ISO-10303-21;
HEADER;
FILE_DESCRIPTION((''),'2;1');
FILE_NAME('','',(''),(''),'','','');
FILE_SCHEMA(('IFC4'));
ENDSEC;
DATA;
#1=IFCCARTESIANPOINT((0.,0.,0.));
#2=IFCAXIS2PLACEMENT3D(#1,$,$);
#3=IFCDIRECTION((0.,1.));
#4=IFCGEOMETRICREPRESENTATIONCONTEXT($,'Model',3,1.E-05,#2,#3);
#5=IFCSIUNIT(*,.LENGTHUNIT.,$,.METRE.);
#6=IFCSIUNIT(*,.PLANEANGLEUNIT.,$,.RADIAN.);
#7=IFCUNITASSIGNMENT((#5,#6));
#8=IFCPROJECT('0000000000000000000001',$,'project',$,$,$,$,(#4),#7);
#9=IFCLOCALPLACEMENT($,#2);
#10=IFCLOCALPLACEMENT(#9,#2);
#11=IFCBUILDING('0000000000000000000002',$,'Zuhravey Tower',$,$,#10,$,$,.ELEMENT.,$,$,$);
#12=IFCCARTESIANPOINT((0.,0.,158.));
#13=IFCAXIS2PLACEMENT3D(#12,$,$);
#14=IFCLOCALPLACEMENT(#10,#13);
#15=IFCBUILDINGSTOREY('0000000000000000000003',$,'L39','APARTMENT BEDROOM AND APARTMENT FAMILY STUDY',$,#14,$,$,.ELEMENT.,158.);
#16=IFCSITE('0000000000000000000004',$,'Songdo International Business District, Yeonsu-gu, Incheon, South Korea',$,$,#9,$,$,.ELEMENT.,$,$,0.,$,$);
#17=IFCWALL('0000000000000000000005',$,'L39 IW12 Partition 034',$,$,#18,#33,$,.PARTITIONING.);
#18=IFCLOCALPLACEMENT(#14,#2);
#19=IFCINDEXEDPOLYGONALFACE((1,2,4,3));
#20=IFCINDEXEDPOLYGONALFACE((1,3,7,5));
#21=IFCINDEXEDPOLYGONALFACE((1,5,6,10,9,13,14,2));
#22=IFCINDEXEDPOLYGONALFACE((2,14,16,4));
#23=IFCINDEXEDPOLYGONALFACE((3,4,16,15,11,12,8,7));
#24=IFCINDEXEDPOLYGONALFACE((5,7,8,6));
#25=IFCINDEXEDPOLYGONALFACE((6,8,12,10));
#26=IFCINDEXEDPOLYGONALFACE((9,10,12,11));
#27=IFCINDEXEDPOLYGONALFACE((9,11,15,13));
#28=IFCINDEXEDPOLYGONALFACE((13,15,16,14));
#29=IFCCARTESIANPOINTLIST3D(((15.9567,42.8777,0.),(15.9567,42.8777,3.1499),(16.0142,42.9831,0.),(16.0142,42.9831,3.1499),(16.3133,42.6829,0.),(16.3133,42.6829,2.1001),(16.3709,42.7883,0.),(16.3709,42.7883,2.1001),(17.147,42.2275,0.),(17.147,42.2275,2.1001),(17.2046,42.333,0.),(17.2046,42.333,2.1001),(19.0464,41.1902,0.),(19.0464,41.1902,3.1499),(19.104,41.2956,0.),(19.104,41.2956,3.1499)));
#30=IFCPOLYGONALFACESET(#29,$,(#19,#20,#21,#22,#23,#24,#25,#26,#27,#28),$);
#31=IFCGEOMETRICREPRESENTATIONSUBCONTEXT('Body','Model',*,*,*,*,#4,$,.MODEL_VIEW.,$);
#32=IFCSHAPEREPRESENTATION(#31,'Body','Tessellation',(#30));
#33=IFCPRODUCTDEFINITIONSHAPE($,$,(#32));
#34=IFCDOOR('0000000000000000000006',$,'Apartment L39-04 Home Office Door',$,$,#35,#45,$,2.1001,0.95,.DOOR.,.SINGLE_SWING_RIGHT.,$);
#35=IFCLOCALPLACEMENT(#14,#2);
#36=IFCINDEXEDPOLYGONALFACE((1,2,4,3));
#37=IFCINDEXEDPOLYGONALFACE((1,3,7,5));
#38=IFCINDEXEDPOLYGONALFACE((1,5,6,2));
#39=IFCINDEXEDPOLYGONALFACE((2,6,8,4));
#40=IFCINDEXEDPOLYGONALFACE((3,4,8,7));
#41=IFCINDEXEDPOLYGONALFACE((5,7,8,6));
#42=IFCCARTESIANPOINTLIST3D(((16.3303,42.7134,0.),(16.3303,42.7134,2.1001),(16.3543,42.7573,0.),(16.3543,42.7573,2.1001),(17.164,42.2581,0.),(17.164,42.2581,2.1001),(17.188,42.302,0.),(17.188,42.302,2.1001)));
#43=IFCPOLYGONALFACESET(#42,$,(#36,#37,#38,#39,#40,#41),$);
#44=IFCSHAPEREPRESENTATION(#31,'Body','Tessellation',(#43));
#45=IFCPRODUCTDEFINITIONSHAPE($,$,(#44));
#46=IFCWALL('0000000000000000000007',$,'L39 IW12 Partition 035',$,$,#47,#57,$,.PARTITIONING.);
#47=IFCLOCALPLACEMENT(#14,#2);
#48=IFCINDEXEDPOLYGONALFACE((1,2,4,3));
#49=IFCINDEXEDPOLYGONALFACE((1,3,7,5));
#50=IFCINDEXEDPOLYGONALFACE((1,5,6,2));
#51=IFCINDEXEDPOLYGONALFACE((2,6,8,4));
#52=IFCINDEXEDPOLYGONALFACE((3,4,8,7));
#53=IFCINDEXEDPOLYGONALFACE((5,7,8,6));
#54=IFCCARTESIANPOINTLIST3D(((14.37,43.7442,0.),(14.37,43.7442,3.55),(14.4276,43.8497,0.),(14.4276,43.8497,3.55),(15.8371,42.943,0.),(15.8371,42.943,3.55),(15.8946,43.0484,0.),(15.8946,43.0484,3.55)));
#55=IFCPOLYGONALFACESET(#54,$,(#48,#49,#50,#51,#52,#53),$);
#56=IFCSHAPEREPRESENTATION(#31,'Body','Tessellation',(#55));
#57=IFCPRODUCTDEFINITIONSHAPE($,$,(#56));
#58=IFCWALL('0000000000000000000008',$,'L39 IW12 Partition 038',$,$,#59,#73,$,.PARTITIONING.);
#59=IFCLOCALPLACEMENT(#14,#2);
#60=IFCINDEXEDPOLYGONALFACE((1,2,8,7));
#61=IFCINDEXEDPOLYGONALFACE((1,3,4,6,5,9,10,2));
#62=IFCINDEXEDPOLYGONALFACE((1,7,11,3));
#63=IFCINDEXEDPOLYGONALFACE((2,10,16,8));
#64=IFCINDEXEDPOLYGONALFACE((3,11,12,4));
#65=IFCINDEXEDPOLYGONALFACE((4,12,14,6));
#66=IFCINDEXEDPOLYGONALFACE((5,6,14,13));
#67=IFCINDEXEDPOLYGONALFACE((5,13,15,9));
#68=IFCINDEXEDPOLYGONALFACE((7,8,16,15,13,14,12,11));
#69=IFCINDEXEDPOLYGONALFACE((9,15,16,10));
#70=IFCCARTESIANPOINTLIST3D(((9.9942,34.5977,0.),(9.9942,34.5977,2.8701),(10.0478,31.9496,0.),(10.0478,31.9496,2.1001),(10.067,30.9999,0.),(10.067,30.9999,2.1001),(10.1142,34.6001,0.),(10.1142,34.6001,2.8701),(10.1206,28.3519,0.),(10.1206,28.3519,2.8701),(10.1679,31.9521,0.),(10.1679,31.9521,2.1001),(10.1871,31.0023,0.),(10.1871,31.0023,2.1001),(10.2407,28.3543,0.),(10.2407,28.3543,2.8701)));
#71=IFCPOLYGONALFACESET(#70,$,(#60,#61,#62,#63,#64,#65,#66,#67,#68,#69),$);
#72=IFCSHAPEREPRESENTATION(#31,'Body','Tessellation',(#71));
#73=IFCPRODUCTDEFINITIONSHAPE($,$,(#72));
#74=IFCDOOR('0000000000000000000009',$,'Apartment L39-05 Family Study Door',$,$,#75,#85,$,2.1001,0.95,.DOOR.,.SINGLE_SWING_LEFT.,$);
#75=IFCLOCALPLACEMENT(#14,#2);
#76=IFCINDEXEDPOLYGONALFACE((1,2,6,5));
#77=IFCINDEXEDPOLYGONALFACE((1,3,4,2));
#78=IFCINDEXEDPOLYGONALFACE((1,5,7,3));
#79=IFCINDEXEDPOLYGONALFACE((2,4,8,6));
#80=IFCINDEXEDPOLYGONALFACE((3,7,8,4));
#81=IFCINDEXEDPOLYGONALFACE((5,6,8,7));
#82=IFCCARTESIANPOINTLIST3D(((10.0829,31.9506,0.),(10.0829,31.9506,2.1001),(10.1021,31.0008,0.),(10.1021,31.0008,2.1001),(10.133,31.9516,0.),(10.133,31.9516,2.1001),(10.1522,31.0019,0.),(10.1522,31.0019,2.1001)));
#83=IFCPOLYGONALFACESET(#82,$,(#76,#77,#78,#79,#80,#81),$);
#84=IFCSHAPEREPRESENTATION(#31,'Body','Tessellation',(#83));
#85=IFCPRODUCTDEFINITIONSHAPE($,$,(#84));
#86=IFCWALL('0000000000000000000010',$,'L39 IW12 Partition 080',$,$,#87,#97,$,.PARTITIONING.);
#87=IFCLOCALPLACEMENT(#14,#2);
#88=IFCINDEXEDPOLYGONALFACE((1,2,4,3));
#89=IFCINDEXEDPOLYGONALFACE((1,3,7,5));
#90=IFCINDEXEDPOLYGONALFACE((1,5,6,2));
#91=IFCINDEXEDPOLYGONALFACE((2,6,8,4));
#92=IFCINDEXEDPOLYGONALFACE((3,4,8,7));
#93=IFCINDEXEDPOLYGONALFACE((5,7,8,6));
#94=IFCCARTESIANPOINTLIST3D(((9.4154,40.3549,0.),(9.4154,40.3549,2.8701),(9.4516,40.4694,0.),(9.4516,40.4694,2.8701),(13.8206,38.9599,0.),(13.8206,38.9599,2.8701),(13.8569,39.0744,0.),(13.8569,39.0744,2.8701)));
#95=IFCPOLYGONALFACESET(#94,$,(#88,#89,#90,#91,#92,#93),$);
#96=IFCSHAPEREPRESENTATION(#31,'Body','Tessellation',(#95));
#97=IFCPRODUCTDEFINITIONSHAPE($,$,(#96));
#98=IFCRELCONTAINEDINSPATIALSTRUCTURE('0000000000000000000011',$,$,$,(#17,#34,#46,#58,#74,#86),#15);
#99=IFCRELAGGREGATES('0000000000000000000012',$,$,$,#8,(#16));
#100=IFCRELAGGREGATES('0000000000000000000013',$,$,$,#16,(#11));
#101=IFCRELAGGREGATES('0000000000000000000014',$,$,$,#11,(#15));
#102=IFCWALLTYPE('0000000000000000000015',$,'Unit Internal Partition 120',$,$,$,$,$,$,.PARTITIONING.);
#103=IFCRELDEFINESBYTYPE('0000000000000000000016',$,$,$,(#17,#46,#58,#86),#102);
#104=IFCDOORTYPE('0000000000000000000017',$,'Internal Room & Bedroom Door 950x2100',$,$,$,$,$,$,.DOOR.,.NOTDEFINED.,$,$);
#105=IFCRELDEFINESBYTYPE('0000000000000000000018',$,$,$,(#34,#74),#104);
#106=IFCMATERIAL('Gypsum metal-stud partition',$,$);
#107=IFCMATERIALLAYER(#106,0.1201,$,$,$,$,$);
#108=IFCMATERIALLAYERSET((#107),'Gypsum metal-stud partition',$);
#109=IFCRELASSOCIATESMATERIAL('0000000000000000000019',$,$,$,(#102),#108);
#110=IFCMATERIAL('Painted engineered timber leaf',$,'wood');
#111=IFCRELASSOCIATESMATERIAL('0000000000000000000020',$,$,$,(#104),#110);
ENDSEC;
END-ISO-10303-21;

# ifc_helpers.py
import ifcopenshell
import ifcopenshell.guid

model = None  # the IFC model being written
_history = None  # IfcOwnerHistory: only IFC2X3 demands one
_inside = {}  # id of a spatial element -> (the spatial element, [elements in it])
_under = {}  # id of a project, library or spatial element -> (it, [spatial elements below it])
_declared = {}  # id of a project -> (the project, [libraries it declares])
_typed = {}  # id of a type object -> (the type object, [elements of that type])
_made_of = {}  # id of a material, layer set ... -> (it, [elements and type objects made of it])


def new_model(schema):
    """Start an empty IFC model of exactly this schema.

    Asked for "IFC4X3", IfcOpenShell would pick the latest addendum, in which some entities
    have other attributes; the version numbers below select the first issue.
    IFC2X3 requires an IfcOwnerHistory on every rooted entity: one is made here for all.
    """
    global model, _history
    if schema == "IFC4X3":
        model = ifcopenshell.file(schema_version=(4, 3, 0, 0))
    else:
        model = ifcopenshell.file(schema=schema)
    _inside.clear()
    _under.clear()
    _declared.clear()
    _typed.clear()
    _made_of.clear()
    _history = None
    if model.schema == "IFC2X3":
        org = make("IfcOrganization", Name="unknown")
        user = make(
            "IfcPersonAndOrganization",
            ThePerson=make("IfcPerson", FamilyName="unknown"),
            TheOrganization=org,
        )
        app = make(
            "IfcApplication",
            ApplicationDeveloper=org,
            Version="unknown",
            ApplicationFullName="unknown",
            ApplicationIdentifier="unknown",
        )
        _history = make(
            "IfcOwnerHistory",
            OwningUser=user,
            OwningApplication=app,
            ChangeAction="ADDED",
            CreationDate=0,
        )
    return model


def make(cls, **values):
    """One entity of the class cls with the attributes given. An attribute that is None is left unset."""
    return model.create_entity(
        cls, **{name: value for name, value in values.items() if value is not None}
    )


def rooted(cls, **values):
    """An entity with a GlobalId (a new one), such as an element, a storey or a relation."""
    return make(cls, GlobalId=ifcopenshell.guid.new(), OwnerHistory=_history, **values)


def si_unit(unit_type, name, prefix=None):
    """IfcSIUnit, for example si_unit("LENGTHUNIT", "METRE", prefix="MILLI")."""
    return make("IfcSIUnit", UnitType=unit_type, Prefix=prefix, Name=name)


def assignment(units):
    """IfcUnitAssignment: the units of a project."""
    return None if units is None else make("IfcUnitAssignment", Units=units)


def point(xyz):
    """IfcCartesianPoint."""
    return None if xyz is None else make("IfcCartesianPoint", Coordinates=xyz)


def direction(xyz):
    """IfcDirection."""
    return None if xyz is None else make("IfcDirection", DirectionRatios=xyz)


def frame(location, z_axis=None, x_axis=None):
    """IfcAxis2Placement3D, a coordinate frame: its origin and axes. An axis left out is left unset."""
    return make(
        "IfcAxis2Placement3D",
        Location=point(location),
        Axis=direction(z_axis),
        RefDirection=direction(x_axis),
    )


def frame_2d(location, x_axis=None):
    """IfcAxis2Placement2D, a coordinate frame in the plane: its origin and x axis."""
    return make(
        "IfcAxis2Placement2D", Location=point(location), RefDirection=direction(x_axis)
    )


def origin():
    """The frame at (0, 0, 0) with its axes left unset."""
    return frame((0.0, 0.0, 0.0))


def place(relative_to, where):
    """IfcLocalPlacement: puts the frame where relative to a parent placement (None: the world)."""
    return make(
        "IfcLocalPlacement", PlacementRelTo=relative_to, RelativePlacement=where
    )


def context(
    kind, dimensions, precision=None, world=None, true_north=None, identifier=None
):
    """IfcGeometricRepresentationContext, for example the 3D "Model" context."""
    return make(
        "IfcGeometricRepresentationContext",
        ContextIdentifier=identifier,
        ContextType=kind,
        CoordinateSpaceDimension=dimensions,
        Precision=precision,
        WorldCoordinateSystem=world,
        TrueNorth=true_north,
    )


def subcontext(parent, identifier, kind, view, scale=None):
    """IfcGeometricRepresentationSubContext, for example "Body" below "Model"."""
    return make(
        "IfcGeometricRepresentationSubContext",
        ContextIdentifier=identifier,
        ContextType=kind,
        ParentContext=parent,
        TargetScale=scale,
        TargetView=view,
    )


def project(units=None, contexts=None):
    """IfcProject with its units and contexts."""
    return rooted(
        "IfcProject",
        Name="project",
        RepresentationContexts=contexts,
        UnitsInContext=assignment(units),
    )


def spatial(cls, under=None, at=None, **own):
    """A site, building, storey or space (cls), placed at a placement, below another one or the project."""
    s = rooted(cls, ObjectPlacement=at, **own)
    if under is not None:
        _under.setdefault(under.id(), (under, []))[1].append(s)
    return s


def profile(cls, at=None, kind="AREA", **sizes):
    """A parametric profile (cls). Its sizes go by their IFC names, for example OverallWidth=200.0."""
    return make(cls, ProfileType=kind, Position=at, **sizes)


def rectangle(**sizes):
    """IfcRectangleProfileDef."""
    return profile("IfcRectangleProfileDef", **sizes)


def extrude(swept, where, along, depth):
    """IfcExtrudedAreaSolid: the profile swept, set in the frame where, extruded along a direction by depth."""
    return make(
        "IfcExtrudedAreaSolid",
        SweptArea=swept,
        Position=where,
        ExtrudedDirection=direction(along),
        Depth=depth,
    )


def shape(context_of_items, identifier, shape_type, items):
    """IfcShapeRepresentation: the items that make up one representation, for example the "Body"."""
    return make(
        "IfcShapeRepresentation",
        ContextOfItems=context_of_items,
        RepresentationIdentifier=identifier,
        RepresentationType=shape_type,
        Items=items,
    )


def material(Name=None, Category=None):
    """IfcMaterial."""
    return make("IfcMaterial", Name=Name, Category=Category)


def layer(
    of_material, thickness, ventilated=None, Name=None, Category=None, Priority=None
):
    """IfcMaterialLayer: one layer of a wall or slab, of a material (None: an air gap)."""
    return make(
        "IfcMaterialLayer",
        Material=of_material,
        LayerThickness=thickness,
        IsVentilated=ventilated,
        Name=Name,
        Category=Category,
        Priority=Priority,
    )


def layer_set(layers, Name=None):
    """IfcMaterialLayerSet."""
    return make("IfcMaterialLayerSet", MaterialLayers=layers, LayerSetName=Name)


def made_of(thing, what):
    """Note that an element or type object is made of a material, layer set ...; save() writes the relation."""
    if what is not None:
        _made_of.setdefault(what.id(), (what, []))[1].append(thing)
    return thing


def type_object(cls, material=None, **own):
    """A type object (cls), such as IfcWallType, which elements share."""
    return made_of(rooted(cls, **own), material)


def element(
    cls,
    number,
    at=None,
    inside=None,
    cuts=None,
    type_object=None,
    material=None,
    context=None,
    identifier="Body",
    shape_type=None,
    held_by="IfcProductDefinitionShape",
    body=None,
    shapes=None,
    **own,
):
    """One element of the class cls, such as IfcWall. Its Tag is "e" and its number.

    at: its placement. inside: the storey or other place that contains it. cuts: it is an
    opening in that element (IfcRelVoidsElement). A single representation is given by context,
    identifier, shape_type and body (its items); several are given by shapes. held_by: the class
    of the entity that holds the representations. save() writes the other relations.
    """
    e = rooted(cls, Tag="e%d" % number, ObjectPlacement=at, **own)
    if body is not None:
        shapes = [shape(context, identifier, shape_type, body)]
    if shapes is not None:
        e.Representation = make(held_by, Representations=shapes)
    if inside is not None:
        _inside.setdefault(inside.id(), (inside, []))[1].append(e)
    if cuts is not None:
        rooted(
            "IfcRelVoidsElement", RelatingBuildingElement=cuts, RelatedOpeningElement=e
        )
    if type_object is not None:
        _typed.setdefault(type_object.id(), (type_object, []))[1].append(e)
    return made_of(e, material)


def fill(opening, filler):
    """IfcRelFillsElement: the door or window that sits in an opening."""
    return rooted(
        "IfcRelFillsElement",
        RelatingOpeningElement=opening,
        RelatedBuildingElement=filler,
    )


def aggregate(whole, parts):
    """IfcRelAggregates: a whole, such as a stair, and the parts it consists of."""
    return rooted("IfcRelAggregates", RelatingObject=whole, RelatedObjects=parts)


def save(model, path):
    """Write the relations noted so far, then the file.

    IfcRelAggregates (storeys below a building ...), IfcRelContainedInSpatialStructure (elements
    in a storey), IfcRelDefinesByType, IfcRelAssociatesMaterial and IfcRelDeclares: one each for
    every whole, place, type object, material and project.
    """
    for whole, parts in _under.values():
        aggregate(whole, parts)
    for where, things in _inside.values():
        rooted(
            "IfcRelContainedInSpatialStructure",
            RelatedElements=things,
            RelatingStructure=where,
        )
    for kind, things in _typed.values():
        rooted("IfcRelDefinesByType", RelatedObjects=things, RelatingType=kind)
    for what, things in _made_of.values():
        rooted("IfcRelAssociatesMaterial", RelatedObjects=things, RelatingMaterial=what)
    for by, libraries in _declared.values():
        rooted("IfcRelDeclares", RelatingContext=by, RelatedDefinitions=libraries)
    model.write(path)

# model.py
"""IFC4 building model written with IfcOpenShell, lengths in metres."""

from ifc_helpers import new_model, si_unit, direction, frame, frame_2d, origin, place, context, subcontext, project, spatial, rectangle, extrude, material, layer, layer_set, type_object, element, fill, save


model = new_model("IFC4")

# Units and contexts
model_context = context("Model", 3, precision=1e-05, world=origin(), true_north=direction((0.0, 1.0)))
body_context = subcontext(model_context, "Body", "Model", "MODEL_VIEW")
ifc_project = project(units=[si_unit("LENGTHUNIT", "METRE"), si_unit("PLANEANGLEUNIT", "RADIAN")], contexts=[model_context])

# Site, building, storey
site_placement = place(None, origin())
site = spatial("IfcSite", under=ifc_project, at=site_placement, Name="Songdo International Business District, Yeonsu-gu, Incheon, South Korea", CompositionType="ELEMENT", RefElevation=0.0)
building_placement = place(site_placement, origin())
building = spatial("IfcBuilding", under=site, at=building_placement, Name="Zuhravey Tower", CompositionType="ELEMENT")
storey_placement = place(building_placement, frame((0.0, 0.0, 158.0)))
storey = spatial("IfcBuildingStorey", under=building, at=storey_placement, Name="L39", Description="APARTMENT BEDROOM AND APARTMENT FAMILY STUDY", CompositionType="ELEMENT", Elevation=158.0)

# Shared definitions
ifc_material_1 = material(Name="Gypsum metal-stud partition")
ifc_layer_1 = layer(ifc_material_1, 0.1201)
ifc_layer_set_1 = layer_set([ifc_layer_1], Name="Gypsum metal-stud partition")
wall_type_1 = type_object("IfcWallType", Name="Unit Internal Partition 120", PredefinedType="PARTITIONING", material=ifc_layer_set_1)
ifc_material_2 = material(Name="Painted engineered timber leaf", Category="wood")
door_type_1 = type_object("IfcDoorType", Name="Internal Room & Bedroom Door 950x2100", OperationType="NOTDEFINED", PredefinedType="DOOR", material=ifc_material_2)

# Wall, opening, door
wall_1_placement = place(storey_placement, frame((19.0752, 41.2429, 0.0), z_axis=(0.0, 0.0, 1.0), x_axis=(-0.877641, 0.479318, 0.0)))
wall_1 = element("IfcWall", 1, at=wall_1_placement, inside=storey, type_object=wall_type_1, Name="L39 IW12 Partition 034", PredefinedType="PARTITIONING", context=body_context, shape_type="SweptSolid", body=[
    extrude(rectangle(XDim=3.5205, YDim=0.1201, at=frame_2d((1.7603, 0.0))), origin(), (0.0, 0.0, 1.0), 3.1499),
])
opening_1_placement = place(wall_1_placement, frame((2.1641, 0.0, 0.0)))
opening_1 = element("IfcOpeningElement", 2, at=opening_1_placement, cuts=wall_1, PredefinedType="OPENING", context=body_context, shape_type="SweptSolid", body=[
    extrude(rectangle(XDim=0.95, YDim=2.1001, at=frame_2d((0.4751, 1.05))), frame((0.0, 0.072, 0.0), z_axis=(0.0, -1.0, 0.0), x_axis=(1.0, 0.0, 0.0)), (0.0, 0.0, 1.0), 0.144),
])
door_1_placement = place(opening_1_placement, frame((0.95, 0.0, 0.0), z_axis=(0.0, 0.0, 1.0), x_axis=(-1.0, 0.0, 0.0)))
door_1 = element("IfcDoor", 3, at=door_1_placement, inside=storey, type_object=door_type_1, Name="Apartment L39-04 Home Office Door", OperationType="SINGLE_SWING_RIGHT", OverallHeight=2.1001, OverallWidth=0.95, PredefinedType="DOOR", context=body_context, shape_type="SweptSolid", body=[
    extrude(rectangle(XDim=0.95, YDim=2.1001, at=frame_2d((0.4751, 1.05))), frame((0.0, 0.0249, 0.0), z_axis=(0.0, -1.0, 0.0), x_axis=(1.0, 0.0, 0.0)), (0.0, 0.0, 1.0), 0.05),
])
fill(opening_1, door_1)

# Wall
wall_2_placement = place(storey_placement, frame((15.866, 42.9956, 0.0), z_axis=(0.0, 0.0, 1.0), x_axis=(-0.877628, 0.479343, 0.0)))
element("IfcWall", 4, at=wall_2_placement, inside=storey, type_object=wall_type_1, Name="L39 IW12 Partition 035", PredefinedType="PARTITIONING", context=body_context, shape_type="SweptSolid", body=[
    extrude(rectangle(XDim=1.6716, YDim=0.1201, at=frame_2d((0.8359, 0.0))), origin(), (0.0, 0.0, 1.0), 3.55),
])

# Wall, opening, door
wall_3_placement = place(storey_placement, frame((10.0542, 34.5989, 0.0), z_axis=(0.0, 0.0, 1.0), x_axis=(0.020244, -0.999795, 0.0)))
wall_3 = element("IfcWall", 5, at=wall_3_placement, inside=storey, type_object=wall_type_1, Name="L39 IW12 Partition 038", PredefinedType="PARTITIONING", context=body_context, shape_type="SweptSolid", body=[
    extrude(rectangle(XDim=6.2471, YDim=0.1201, at=frame_2d((3.1235, 0.0))), origin(), (0.0, 0.0, 1.0), 2.8701),
])
opening_2_placement = place(wall_3_placement, frame((2.6484, 0.0, 0.0)))
opening_2 = element("IfcOpeningElement", 6, at=opening_2_placement, cuts=wall_3, PredefinedType="OPENING", context=body_context, shape_type="SweptSolid", body=[
    extrude(rectangle(XDim=0.95, YDim=2.1001, at=frame_2d((0.4751, 1.05))), frame((0.0, 0.072, 0.0), z_axis=(0.0, -1.0, 0.0), x_axis=(1.0, 0.0, 0.0)), (0.0, 0.0, 1.0), 0.144),
])
door_2_placement = place(opening_2_placement, frame((0.95, 0.0, 0.0), z_axis=(0.0, 0.0, 1.0), x_axis=(-1.0, 0.0, 0.0)))
door_2 = element("IfcDoor", 7, at=door_2_placement, inside=storey, type_object=door_type_1, Name="Apartment L39-05 Family Study Door", OperationType="SINGLE_SWING_LEFT", OverallHeight=2.1001, OverallWidth=0.95, PredefinedType="DOOR", context=body_context, shape_type="SweptSolid", body=[
    extrude(rectangle(XDim=0.95, YDim=2.1001, at=frame_2d((0.4751, 1.05))), frame((0.0, 0.0249, 0.0), z_axis=(0.0, -1.0, 0.0), x_axis=(1.0, 0.0, 0.0)), (0.0, 0.0, 1.0), 0.05),
])
fill(opening_2, door_2)

# Wall
wall_4_placement = place(storey_placement, frame((13.8389, 39.0171, 0.0), z_axis=(0.0, 0.0, 1.0), x_axis=(-0.953341, 0.301895, 0.0)))
element("IfcWall", 8, at=wall_4_placement, inside=storey, type_object=wall_type_1, Name="L39 IW12 Partition 080", PredefinedType="PARTITIONING", context=body_context, shape_type="SweptSolid", body=[
    extrude(rectangle(XDim=4.6208, YDim=0.1201, at=frame_2d((2.3105, 0.0))), origin(), (0.0, 0.0, 1.0), 2.8701),
])

save(model, "model.ifc")
